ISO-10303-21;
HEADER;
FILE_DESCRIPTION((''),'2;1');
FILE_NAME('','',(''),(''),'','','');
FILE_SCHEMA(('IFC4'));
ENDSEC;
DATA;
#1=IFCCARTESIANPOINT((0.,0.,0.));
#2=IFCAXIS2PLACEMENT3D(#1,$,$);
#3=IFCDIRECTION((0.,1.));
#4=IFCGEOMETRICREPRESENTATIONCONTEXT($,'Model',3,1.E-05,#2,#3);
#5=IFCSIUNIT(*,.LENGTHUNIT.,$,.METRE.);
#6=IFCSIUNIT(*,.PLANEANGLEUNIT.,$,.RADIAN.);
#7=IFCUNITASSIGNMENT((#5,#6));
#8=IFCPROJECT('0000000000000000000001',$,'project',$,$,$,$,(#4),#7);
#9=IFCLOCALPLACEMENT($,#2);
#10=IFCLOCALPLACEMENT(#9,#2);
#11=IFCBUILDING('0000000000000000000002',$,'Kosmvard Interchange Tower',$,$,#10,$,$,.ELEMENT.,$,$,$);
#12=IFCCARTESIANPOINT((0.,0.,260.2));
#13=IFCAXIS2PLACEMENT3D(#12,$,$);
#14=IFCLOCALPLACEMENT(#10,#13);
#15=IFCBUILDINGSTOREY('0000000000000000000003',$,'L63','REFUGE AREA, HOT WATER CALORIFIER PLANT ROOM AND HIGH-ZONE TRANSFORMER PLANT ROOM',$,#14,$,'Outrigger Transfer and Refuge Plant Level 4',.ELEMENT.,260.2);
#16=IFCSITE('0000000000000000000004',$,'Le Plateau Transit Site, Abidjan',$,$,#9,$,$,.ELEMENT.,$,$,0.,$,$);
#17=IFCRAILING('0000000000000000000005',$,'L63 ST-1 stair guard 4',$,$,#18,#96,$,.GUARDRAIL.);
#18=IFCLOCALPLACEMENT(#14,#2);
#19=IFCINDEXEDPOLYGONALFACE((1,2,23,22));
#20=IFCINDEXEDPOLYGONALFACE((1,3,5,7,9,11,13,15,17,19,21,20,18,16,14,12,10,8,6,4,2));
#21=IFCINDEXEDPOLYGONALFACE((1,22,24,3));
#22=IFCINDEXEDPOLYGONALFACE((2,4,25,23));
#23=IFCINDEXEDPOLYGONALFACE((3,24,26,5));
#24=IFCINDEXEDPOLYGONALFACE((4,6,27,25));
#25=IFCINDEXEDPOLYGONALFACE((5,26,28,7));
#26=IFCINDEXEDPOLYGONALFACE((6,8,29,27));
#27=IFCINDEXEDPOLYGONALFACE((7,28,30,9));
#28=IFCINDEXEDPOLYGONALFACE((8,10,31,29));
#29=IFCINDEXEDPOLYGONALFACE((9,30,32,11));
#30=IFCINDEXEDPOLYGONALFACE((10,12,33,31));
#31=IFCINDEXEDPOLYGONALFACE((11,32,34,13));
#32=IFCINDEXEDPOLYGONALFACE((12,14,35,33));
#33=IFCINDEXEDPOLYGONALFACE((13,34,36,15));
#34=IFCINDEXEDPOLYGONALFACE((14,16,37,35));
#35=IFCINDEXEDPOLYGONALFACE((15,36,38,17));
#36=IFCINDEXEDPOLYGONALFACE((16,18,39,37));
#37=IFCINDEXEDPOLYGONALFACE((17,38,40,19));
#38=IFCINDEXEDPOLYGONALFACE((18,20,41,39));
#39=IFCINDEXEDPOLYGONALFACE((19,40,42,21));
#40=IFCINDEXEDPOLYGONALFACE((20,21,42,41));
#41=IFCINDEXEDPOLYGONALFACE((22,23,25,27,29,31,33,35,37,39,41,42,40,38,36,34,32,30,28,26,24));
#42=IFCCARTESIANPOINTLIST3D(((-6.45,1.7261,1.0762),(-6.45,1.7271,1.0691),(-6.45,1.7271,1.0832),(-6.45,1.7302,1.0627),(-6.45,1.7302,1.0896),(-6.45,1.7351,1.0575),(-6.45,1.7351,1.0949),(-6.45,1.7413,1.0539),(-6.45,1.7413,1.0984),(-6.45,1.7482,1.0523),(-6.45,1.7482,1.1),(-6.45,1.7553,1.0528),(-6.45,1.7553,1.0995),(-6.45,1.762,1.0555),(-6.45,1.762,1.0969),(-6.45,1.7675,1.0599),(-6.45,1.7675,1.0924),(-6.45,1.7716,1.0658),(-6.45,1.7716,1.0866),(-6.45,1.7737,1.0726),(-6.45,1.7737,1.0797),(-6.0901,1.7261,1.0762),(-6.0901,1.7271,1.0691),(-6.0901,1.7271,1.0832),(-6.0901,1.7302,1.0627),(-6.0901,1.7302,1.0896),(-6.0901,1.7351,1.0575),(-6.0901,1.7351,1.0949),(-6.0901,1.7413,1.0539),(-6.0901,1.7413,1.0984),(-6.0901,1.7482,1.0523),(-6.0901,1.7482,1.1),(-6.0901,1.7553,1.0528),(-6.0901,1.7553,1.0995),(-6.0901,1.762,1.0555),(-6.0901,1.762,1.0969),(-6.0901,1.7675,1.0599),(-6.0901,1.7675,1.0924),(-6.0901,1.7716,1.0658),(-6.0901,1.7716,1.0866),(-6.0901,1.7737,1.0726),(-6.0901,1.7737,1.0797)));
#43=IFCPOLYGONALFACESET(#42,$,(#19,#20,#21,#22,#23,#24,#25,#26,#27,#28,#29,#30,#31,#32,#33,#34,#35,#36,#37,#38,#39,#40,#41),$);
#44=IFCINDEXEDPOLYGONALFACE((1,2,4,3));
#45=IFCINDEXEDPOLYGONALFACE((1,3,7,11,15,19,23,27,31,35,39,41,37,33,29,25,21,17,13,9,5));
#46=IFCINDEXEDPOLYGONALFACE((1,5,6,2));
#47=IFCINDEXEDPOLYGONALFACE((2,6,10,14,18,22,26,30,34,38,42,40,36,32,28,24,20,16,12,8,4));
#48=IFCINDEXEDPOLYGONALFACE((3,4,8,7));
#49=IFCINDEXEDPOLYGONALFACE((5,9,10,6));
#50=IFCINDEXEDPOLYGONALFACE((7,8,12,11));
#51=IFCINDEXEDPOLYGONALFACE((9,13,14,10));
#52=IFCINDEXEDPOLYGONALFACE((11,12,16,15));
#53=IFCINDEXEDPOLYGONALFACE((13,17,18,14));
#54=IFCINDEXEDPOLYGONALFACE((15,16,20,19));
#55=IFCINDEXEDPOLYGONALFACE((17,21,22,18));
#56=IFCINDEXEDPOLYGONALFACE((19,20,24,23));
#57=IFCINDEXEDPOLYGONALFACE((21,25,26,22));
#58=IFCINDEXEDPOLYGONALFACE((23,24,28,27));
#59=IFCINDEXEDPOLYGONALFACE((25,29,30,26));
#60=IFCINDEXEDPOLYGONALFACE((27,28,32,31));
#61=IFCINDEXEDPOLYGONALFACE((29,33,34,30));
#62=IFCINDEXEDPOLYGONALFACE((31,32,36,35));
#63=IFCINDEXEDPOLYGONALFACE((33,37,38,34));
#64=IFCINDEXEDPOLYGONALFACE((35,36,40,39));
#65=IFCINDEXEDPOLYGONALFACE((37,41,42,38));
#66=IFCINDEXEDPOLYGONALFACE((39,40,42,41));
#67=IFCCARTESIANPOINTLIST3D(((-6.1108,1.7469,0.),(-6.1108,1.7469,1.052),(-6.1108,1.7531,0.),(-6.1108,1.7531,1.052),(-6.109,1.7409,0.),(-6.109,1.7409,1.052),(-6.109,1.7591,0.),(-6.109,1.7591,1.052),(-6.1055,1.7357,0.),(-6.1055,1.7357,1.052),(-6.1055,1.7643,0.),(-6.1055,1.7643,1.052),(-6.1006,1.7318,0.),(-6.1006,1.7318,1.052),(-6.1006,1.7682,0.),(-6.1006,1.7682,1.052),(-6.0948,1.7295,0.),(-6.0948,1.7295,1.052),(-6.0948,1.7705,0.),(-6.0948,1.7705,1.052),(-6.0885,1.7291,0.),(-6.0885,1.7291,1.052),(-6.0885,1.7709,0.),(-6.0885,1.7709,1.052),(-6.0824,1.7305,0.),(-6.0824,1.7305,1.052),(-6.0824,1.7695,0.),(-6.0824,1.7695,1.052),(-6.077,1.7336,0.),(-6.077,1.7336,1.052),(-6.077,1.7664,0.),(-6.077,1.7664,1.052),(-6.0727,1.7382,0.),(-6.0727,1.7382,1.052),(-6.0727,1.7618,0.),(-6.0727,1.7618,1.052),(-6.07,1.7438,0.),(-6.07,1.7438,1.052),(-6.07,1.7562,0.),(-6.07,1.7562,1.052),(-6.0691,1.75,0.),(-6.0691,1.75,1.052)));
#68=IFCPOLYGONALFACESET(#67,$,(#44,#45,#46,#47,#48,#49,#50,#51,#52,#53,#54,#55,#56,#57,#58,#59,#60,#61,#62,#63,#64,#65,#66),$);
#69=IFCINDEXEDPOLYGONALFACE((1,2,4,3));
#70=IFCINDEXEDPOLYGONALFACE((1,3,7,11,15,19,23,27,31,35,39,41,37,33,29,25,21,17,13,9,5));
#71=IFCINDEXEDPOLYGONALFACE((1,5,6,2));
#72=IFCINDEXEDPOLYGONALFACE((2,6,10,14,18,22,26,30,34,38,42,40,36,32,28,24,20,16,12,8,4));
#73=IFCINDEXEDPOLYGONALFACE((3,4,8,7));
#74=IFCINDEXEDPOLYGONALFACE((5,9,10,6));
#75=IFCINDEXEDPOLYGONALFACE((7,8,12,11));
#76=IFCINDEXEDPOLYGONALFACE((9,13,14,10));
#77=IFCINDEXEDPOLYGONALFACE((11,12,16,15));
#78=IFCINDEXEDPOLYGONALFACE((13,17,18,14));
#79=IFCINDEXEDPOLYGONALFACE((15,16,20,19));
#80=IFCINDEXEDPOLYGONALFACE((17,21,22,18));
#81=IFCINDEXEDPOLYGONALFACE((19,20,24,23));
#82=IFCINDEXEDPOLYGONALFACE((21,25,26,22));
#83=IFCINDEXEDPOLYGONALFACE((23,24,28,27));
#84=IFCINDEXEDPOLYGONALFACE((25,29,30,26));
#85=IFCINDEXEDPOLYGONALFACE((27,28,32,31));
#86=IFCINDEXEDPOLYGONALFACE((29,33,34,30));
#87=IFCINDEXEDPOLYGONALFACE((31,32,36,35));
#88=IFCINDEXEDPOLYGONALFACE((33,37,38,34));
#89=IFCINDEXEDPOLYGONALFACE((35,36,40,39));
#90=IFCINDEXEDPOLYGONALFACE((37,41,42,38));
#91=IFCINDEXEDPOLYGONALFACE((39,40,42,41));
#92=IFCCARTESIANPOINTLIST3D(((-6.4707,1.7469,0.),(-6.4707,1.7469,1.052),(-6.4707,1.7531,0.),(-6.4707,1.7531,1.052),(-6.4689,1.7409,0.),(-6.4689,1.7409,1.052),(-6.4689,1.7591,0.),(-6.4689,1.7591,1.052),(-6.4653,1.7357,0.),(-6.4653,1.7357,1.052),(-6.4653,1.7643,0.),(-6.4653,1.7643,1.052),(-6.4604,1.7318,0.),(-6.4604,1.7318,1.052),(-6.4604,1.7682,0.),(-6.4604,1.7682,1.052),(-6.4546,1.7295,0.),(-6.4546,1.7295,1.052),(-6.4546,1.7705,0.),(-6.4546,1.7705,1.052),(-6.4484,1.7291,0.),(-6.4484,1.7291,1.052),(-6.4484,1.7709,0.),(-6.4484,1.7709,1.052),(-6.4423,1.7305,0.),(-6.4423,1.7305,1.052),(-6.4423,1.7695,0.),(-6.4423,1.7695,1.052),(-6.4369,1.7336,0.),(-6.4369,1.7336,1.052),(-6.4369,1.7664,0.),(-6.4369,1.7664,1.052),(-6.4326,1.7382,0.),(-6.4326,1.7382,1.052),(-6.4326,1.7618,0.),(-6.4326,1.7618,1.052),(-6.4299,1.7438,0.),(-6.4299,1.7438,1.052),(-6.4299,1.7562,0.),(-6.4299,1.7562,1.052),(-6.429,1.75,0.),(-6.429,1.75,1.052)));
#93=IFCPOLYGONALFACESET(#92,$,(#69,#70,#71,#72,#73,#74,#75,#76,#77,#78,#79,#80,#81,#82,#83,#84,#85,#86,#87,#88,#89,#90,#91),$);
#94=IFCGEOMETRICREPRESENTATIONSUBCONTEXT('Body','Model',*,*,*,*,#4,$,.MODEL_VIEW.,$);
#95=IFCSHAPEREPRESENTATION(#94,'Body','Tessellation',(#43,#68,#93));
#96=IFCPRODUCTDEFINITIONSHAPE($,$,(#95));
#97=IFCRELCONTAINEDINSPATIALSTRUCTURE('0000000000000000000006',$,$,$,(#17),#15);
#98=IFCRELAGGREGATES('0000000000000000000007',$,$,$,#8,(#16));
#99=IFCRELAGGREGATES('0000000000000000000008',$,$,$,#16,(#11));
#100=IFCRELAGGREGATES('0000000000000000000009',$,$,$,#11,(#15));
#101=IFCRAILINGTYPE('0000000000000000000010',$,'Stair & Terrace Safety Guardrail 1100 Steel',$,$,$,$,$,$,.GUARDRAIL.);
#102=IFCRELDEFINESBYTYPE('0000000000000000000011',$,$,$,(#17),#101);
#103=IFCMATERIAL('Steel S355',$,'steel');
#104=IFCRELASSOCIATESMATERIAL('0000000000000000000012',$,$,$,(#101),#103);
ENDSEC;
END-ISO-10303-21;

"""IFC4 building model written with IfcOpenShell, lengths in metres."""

from ifc_helpers import new_model, si_unit, direction, frame, origin, origin_2d, place, context, subcontext, project, spatial, circle, extrude, source, transform, mapped, material, type_object, element, save


model = new_model("IFC4")

# Units and contexts
model_context = context("Model", 3, precision=1e-05, world=origin(), true_north=direction((0.0, 1.0)))
body_context = subcontext(model_context, "Body", "Model", "MODEL_VIEW")
ifc_project = project(units=[si_unit("LENGTHUNIT", "METRE"), si_unit("PLANEANGLEUNIT", "RADIAN")], contexts=[model_context])

# Site, building, storey
site_placement = place(None, origin())
site = spatial("IfcSite", under=ifc_project, at=site_placement, Name="Le Plateau Transit Site, Abidjan", CompositionType="ELEMENT", RefElevation=0.0)
building_placement = place(site_placement, origin())
building = spatial("IfcBuilding", under=site, at=building_placement, Name="Kosmvard Interchange Tower", CompositionType="ELEMENT")
storey_placement = place(building_placement, frame((0.0, 0.0, 260.2)))
storey = spatial("IfcBuildingStorey", under=building, at=storey_placement, Name="L63", Description="REFUGE AREA, HOT WATER CALORIFIER PLANT ROOM AND HIGH-ZONE TRANSFORMER PLANT ROOM", LongName="Outrigger Transfer and Refuge Plant Level 4", CompositionType="ELEMENT", Elevation=260.2)

# Railing
ifc_material_1 = material(Name="Steel S355", Category="steel")
railing_type_1 = type_object("IfcRailingType", Name="Stair & Terrace Safety Guardrail 1100 Steel", PredefinedType="GUARDRAIL", material=ifc_material_1)
shared_shape_1 = source(origin(), body_context, "Body", "SweptSolid", [
    extrude(circle(Radius=0.0239, at=origin_2d()), frame((0.0, 0.0, 1.0762), z_axis=(-1.0, 0.0, 0.0), x_axis=(0.0, -1.0, 0.0)), (0.0, 0.0, 1.0), 0.3599),
    extrude(circle(Radius=0.021, at=origin_2d()), origin(), (0.0, 0.0, 1.0), 1.052),
    extrude(circle(Radius=0.021, at=origin_2d()), frame((-0.3599, 0.0, 0.0)), (0.0, 0.0, 1.0), 1.052),
])
for number, where, name in (
    (1, (-6.0901, 1.75, 0.0), "L63 ST-1 stair guard 4"),
):
    element("IfcRailing", number, at=place(storey_placement, frame(where)), inside=storey, type_object=railing_type_1, Name=name, PredefinedType="GUARDRAIL", context=body_context, shape_type="MappedRepresentation", body=[
        mapped(shared_shape_1, transform((0.0, 0.0, 0.0), scale=1.0)),
    ])

save(model, "model.ifc")
